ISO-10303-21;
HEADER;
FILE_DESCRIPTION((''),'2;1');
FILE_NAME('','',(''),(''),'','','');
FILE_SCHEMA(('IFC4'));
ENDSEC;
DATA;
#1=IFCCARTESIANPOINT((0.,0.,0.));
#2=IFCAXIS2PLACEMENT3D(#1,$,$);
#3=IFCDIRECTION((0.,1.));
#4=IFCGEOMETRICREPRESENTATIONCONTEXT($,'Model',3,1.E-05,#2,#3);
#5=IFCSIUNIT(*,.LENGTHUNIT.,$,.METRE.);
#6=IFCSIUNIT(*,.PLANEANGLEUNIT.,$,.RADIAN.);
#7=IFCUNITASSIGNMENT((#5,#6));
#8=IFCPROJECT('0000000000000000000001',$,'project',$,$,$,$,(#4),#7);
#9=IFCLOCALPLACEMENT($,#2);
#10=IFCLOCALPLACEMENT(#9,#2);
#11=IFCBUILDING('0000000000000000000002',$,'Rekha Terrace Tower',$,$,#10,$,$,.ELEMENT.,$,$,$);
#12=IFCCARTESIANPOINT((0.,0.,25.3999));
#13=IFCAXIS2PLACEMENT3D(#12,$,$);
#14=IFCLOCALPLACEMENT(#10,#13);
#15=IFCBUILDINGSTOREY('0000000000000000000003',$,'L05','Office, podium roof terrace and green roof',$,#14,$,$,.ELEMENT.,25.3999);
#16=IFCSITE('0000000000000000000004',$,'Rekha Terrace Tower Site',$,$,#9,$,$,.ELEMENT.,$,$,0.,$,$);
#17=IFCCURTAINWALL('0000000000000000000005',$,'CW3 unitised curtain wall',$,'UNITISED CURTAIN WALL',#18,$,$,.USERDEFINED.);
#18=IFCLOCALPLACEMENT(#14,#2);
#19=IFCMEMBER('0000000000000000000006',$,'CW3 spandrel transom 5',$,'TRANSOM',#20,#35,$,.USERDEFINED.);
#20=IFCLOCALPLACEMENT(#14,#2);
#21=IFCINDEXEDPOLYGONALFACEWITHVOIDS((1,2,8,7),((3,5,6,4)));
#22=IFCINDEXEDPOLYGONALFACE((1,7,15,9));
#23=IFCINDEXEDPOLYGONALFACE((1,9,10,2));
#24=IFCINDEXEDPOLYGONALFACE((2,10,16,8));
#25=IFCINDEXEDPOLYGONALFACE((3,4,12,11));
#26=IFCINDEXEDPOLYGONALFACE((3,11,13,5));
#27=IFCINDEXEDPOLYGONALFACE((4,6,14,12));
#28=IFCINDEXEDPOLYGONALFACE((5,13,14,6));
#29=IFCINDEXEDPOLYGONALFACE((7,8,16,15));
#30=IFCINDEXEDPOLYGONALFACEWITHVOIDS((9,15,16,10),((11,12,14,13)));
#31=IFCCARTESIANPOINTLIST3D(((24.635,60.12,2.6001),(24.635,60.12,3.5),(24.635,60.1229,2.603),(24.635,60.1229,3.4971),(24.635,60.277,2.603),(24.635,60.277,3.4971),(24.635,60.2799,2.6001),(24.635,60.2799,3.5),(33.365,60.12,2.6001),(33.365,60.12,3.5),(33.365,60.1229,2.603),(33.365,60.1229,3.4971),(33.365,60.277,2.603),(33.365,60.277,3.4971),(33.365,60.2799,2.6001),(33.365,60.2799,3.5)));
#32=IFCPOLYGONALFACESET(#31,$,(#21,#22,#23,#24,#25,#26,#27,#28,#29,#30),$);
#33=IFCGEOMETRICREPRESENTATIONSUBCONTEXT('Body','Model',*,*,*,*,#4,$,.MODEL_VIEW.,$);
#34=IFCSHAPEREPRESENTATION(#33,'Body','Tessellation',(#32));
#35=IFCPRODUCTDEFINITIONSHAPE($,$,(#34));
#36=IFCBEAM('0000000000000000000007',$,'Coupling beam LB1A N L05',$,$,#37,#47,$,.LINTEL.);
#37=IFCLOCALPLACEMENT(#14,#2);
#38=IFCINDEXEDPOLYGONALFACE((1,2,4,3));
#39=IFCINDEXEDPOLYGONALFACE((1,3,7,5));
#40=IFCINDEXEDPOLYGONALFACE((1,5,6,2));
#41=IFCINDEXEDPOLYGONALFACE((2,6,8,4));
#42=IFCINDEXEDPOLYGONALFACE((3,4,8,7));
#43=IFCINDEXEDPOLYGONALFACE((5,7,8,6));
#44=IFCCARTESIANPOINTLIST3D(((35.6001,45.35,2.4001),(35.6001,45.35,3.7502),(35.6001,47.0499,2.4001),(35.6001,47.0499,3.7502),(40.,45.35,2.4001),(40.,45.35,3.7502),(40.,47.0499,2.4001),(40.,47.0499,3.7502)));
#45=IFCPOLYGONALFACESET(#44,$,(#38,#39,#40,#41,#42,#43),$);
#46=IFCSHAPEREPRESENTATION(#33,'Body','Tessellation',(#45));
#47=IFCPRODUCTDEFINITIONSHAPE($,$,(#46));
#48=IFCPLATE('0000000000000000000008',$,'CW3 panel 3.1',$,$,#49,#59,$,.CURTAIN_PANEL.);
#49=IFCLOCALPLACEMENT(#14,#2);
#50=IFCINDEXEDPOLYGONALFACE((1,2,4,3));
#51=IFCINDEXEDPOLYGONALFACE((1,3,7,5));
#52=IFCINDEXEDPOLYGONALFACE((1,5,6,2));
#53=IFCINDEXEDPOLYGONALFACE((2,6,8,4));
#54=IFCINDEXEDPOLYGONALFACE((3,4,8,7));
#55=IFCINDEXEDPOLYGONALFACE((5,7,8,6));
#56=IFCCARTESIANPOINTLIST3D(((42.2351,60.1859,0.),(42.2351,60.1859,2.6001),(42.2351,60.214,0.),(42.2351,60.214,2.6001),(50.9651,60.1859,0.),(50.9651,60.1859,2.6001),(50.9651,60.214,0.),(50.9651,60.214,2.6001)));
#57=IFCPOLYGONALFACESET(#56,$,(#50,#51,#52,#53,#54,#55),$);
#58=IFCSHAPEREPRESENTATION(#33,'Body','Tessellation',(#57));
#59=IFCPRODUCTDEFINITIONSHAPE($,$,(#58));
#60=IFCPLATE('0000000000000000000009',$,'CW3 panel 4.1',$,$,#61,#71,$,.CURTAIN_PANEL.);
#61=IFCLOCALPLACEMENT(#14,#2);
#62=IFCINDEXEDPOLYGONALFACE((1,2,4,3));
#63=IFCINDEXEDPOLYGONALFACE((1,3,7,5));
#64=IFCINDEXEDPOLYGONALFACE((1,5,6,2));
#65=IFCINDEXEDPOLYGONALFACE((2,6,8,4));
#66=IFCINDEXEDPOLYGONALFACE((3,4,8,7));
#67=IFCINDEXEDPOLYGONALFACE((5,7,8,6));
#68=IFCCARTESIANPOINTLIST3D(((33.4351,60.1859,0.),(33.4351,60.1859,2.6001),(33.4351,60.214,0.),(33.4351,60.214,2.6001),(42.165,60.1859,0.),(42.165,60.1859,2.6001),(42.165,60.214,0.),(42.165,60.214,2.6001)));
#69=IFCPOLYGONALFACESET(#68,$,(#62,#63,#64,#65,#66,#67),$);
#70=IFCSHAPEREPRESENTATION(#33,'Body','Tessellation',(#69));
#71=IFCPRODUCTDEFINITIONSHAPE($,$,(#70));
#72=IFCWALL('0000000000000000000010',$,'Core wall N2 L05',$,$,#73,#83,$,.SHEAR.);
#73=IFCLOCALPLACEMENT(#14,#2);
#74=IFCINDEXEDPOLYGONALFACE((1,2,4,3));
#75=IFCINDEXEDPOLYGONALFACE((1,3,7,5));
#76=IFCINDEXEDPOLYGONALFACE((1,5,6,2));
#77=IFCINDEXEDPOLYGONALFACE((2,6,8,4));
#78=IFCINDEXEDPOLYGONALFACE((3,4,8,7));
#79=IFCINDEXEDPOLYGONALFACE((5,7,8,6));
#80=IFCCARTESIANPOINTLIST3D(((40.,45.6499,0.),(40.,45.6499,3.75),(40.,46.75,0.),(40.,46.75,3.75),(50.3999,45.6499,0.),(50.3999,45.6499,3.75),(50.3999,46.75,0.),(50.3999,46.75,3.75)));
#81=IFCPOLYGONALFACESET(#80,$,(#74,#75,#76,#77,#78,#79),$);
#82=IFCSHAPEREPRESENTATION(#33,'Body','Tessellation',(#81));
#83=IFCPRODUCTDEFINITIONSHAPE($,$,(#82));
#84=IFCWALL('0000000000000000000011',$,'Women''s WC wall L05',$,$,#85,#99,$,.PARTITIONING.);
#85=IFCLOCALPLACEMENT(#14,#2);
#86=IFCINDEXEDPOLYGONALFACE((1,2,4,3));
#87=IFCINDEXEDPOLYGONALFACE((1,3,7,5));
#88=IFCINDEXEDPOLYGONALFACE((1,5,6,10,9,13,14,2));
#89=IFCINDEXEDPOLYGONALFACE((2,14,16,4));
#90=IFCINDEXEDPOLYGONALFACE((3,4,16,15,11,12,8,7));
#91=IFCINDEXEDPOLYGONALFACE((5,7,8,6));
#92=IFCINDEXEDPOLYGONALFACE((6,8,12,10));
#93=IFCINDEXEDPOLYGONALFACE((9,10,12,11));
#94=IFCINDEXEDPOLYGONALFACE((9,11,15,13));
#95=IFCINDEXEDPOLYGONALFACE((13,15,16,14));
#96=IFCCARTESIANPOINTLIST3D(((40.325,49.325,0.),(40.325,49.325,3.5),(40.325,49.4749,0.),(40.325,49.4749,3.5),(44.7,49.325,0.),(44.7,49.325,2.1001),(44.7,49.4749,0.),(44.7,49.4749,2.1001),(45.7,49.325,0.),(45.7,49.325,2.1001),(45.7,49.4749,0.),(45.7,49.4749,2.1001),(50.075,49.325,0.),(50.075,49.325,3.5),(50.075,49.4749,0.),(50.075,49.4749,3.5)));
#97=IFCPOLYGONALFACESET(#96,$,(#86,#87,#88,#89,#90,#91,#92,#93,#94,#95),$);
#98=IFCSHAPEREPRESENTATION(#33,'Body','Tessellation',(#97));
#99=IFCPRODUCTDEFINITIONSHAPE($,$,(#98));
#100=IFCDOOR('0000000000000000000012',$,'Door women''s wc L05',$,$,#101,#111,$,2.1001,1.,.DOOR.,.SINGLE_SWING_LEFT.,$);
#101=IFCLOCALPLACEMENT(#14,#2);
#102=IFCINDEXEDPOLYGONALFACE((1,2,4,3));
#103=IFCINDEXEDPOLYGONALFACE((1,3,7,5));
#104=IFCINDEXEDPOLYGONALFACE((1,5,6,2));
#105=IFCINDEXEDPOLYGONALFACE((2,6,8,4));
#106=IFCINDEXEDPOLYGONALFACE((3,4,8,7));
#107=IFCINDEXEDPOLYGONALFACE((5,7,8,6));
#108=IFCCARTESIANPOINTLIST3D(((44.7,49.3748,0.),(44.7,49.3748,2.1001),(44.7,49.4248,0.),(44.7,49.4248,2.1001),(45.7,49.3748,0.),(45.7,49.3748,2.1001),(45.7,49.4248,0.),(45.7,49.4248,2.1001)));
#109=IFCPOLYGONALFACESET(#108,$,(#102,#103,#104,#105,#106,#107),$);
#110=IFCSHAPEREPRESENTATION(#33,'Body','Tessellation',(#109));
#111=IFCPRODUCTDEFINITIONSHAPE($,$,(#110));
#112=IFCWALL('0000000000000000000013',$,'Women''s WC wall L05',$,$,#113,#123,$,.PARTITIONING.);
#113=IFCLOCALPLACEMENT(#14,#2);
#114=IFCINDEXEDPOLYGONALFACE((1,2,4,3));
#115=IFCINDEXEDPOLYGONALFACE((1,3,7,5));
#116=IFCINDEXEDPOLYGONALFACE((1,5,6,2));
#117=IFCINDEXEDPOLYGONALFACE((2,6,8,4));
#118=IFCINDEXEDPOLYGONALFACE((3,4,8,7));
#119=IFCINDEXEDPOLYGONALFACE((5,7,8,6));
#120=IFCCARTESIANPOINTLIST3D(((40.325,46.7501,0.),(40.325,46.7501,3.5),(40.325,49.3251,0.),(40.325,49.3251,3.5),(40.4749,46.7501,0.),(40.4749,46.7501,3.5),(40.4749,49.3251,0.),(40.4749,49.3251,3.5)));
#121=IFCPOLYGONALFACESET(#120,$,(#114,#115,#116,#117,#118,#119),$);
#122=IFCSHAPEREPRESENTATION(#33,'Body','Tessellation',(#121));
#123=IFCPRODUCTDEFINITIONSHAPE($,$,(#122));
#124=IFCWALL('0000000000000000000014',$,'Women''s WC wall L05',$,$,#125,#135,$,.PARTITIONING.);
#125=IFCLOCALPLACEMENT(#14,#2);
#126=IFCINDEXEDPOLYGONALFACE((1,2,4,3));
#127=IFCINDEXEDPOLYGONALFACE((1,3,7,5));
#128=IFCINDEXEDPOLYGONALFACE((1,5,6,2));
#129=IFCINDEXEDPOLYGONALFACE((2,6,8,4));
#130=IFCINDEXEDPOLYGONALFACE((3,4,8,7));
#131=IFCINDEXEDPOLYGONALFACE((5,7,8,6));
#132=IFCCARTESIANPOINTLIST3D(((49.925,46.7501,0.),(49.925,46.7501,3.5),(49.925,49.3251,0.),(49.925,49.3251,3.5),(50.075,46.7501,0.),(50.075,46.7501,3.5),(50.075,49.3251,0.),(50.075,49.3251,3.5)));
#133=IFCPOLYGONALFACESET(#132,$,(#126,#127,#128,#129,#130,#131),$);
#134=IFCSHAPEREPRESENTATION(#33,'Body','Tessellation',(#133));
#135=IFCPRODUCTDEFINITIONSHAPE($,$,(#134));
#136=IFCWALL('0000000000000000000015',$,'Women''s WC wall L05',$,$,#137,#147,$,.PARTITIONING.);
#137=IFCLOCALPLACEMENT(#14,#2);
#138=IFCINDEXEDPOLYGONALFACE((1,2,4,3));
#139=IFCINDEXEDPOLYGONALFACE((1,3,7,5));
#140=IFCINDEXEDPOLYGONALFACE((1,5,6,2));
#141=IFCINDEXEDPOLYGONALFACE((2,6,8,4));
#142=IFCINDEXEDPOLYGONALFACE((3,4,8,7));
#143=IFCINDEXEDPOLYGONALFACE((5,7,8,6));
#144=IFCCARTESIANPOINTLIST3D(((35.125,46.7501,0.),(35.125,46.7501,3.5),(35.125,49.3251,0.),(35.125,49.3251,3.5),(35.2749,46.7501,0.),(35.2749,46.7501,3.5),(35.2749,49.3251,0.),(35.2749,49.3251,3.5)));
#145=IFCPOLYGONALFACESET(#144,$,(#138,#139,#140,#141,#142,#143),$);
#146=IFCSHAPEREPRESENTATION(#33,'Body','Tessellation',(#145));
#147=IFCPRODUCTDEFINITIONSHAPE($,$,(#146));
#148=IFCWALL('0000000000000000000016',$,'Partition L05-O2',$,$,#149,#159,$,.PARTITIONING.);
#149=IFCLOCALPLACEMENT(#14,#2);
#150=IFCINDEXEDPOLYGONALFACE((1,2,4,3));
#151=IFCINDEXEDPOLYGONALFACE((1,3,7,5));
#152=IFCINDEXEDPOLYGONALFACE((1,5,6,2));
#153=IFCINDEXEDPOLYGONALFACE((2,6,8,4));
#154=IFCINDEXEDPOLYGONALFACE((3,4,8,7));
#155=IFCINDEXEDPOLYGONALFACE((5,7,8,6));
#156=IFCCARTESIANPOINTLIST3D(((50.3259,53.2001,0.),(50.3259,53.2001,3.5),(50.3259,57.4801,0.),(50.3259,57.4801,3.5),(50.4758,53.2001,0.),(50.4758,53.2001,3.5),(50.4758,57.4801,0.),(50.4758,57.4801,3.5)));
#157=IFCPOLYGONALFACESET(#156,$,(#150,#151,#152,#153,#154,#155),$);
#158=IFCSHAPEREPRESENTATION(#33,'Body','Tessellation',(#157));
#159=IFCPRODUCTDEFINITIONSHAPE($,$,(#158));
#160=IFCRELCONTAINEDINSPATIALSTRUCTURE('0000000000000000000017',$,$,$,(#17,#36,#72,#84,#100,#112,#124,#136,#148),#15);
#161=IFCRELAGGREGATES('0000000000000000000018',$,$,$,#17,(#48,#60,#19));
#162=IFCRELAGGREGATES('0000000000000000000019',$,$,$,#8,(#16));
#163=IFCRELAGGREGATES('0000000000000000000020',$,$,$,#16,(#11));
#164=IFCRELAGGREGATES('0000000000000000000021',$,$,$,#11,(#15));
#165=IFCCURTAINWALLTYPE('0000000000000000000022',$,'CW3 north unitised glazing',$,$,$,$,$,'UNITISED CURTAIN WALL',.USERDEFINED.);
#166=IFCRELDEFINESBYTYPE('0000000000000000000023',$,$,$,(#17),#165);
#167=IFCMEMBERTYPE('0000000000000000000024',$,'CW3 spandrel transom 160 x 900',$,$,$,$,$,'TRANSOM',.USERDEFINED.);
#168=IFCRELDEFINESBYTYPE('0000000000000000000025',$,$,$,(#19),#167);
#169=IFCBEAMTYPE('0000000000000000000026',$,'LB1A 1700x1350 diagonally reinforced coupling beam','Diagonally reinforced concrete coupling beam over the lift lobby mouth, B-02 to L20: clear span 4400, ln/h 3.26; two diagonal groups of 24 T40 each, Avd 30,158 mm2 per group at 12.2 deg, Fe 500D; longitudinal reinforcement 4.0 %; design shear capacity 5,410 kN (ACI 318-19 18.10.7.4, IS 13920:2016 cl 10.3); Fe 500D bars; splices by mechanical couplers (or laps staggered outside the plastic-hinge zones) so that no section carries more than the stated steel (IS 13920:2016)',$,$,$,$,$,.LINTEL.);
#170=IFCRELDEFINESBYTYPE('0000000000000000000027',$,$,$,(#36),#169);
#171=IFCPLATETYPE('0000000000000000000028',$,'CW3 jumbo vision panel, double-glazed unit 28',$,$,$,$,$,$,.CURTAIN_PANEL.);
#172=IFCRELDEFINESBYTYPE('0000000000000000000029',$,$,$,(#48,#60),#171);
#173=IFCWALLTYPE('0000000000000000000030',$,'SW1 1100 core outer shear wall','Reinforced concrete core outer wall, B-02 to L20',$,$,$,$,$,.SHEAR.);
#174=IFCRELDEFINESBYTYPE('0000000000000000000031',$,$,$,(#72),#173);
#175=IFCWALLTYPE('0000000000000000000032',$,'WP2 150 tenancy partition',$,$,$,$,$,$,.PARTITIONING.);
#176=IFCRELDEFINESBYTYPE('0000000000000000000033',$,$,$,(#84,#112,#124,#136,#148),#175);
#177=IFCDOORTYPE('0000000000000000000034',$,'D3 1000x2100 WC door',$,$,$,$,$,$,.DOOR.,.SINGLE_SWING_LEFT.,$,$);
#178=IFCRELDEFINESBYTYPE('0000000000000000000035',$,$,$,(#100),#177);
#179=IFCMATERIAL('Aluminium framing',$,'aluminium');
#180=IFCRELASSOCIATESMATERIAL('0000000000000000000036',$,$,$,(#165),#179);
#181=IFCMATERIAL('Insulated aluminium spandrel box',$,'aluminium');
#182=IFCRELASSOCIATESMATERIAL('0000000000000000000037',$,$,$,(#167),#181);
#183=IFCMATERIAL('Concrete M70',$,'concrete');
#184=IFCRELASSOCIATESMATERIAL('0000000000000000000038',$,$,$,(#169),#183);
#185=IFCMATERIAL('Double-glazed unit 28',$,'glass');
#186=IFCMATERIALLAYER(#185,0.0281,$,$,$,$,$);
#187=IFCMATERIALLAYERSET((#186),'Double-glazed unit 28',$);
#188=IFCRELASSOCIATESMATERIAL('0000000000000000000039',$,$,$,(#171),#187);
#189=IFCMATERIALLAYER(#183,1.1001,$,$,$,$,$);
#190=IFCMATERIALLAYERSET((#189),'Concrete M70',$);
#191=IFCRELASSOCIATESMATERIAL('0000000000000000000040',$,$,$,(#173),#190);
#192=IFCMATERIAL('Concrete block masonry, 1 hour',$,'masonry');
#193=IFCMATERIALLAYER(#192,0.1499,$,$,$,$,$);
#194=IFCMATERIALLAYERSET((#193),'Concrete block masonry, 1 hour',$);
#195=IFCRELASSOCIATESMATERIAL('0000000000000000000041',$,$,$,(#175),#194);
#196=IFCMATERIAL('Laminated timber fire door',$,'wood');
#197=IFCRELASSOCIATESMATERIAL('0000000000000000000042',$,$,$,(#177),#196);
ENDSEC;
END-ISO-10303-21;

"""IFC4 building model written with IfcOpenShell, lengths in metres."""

from ifc_helpers import new_model, si_unit, direction, frame, frame_2d, origin, origin_2d, place, context, subcontext, project, spatial, rectangle, hollow_rectangle, extrude, material, layer, layer_set, material_profile, profile_set, type_object, element, fill, aggregate, save


model = new_model("IFC4")

# Units and contexts
model_context = context("Model", 3, precision=1e-05, world=origin(), true_north=direction((0.0, 1.0)))
body_context = subcontext(model_context, "Body", "Model", "MODEL_VIEW")
ifc_project = project(units=[si_unit("LENGTHUNIT", "METRE"), si_unit("PLANEANGLEUNIT", "RADIAN")], contexts=[model_context])

# Site, building, storey
site_placement = place(None, origin())
site = spatial("IfcSite", under=ifc_project, at=site_placement, Name="Rekha Terrace Tower Site", CompositionType="ELEMENT", RefElevation=0.0)
building_placement = place(site_placement, origin())
building = spatial("IfcBuilding", under=site, at=building_placement, Name="Rekha Terrace Tower", CompositionType="ELEMENT")
storey_placement = place(building_placement, frame((0.0, 0.0, 25.3999)))
storey = spatial("IfcBuildingStorey", under=building, at=storey_placement, Name="L05", Description="Office, podium roof terrace and green roof", CompositionType="ELEMENT", Elevation=25.3999)

# Shared definitions
ifc_material_1 = material(Name="Concrete M70", Category="concrete")

# Curtain wall, member
ifc_material_2 = material(Name="Aluminium framing", Category="aluminium")
curtain_wall_type = type_object("IfcCurtainWallType", Name="CW3 north unitised glazing", ElementType="UNITISED CURTAIN WALL", PredefinedType="USERDEFINED", material=ifc_material_2)
curtain_wall_placement = place(storey_placement, origin())
curtain_wall = element("IfcCurtainWall", 1, at=curtain_wall_placement, inside=storey, type_object=curtain_wall_type, Name="CW3 unitised curtain wall", ObjectType="UNITISED CURTAIN WALL", PredefinedType="USERDEFINED")
ifc_material_3 = material(Name="Insulated aluminium spandrel box", Category="aluminium")
ifc_material_profile_1 = material_profile(ifc_material_3, hollow_rectangle(XDim=0.1599, YDim=0.8999, WallThickness=0.0029, at=origin_2d()), Name="AL SPANDREL BOX 160x900")
ifc_profile_set_1 = profile_set([ifc_material_profile_1], Name="Insulated aluminium spandrel box")
member_type_1 = type_object("IfcMemberType", Name="CW3 spandrel transom 160 x 900", ElementType="TRANSOM", PredefinedType="USERDEFINED", material=ifc_profile_set_1)
member_1_placement = place(storey_placement, frame((33.365, 60.2, 3.05), z_axis=(-1.0, 0.0, 0.0), x_axis=(0.0, -1.0, 0.0)))
member_1 = element("IfcMember", 2, at=member_1_placement, type_object=member_type_1, Name="CW3 spandrel transom 5", ObjectType="TRANSOM", PredefinedType="USERDEFINED", context=body_context, shape_type="SweptSolid", body=[
    extrude(hollow_rectangle(XDim=0.1599, YDim=0.8999, WallThickness=0.0029, at=origin_2d()), origin(), (0.0, 0.0, 1.0), 8.73),
])

# Beam
ifc_material_profile_2 = material_profile(ifc_material_1, rectangle(XDim=1.7, YDim=1.3501, at=origin_2d()), Name="RC 1700x1350")
ifc_profile_set_2 = profile_set([ifc_material_profile_2], Name="Concrete M70")
beam_type = type_object("IfcBeamType", Name="LB1A 1700x1350 diagonally reinforced coupling beam", Description="Diagonally reinforced concrete coupling beam over the lift lobby mouth, B-02 to L20: clear span 4400, ln/h 3.26; two diagonal groups of 24 T40 each, Avd 30,158 mm2 per group at 12.2 deg, Fe 500D; longitudinal reinforcement 4.0 %; design shear capacity 5,410 kN (ACI 318-19 18.10.7.4, IS 13920:2016 cl 10.3); Fe 500D bars; splices by mechanical couplers (or laps staggered outside the plastic-hinge zones) so that no section carries more than the stated steel (IS 13920:2016)", PredefinedType="LINTEL", material=ifc_profile_set_2)
beam_placement = place(storey_placement, frame((35.6001, 46.2, 3.0752), z_axis=(1.0, 0.0, 0.0), x_axis=(0.0, 1.0, 0.0)))
element("IfcBeam", 3, at=beam_placement, inside=storey, type_object=beam_type, Name="Coupling beam LB1A N L05", PredefinedType="LINTEL", context=body_context, shape_type="SweptSolid", body=[
    extrude(rectangle(XDim=1.7, YDim=1.3501, at=origin_2d()), origin(), (0.0, 0.0, 1.0), 4.3999),
])

# Plates
ifc_material_4 = material(Name="Double-glazed unit 28", Category="glass")
ifc_layer_1 = layer(ifc_material_4, 0.0281)
ifc_layer_set_1 = layer_set([ifc_layer_1], Name="Double-glazed unit 28")
plate_type = type_object("IfcPlateType", Name="CW3 jumbo vision panel, double-glazed unit 28", PredefinedType="CURTAIN_PANEL", material=ifc_layer_set_1)
plate_1_placement = place(storey_placement, frame((46.6001, 60.2, 0.0), z_axis=(0.0, 0.0, 1.0), x_axis=(-1.0, 0.0, 0.0)))
plate_1 = element("IfcPlate", 4, at=plate_1_placement, type_object=plate_type, Name="CW3 panel 3.1", PredefinedType="CURTAIN_PANEL", context=body_context, shape_type="SweptSolid", body=[
    extrude(rectangle(XDim=8.73, YDim=0.0281, at=origin_2d()), origin(), (0.0, 0.0, 1.0), 2.6001),
])
plate_2_placement = place(storey_placement, frame((37.8, 60.2, 0.0), z_axis=(0.0, 0.0, 1.0), x_axis=(-1.0, 0.0, 0.0)))
plate_2 = element("IfcPlate", 5, at=plate_2_placement, type_object=plate_type, Name="CW3 panel 4.1", PredefinedType="CURTAIN_PANEL", context=body_context, shape_type="SweptSolid", body=[
    extrude(rectangle(XDim=8.73, YDim=0.0281, at=origin_2d()), origin(), (0.0, 0.0, 1.0), 2.6001),
])
aggregate(curtain_wall, [plate_1, plate_2, member_1])

# Wall
ifc_layer_2 = layer(ifc_material_1, 1.1001)
ifc_layer_set_2 = layer_set([ifc_layer_2], Name="Concrete M70")
wall_type_1 = type_object("IfcWallType", Name="SW1 1100 core outer shear wall", Description="Reinforced concrete core outer wall, B-02 to L20", PredefinedType="SHEAR", material=ifc_layer_set_2)
wall_1_placement = place(storey_placement, frame((40.0, 46.2, 0.0), z_axis=(0.0, 0.0, 1.0), x_axis=(1.0, 0.0, 0.0)))
element("IfcWall", 6, at=wall_1_placement, inside=storey, type_object=wall_type_1, Name="Core wall N2 L05", PredefinedType="SHEAR", context=body_context, shape_type="SweptSolid", body=[
    extrude(rectangle(XDim=10.3999, YDim=1.1001, at=frame_2d((5.2, 0.0))), origin(), (0.0, 0.0, 1.0), 3.75),
])

# Wall, opening, door
ifc_material_5 = material(Name="Concrete block masonry, 1 hour", Category="masonry")
ifc_layer_3 = layer(ifc_material_5, 0.1499)
ifc_layer_set_3 = layer_set([ifc_layer_3], Name="Concrete block masonry, 1 hour")
wall_type_2 = type_object("IfcWallType", Name="WP2 150 tenancy partition", PredefinedType="PARTITIONING", material=ifc_layer_set_3)
wall_2_placement = place(storey_placement, frame((40.325, 49.3999, 0.0), z_axis=(0.0, 0.0, 1.0), x_axis=(1.0, 0.0, 0.0)))
wall_2 = element("IfcWall", 7, at=wall_2_placement, inside=storey, type_object=wall_type_2, Name="Women's WC wall L05", PredefinedType="PARTITIONING", context=body_context, shape_type="SweptSolid", body=[
    extrude(rectangle(XDim=9.75, YDim=0.1499, at=frame_2d((4.875, 0.0))), origin(), (0.0, 0.0, 1.0), 3.5),
])
opening_1_placement = place(wall_2_placement, frame((4.375, 0.0, 0.0)))
opening_1 = element("IfcOpeningElement", 8, at=opening_1_placement, cuts=wall_2, PredefinedType="OPENING", context=body_context, shape_type="SweptSolid", body=[
    extrude(rectangle(XDim=1.0, YDim=2.1001, at=frame_2d((0.5, 1.05))), frame((0.0, 0.085, 0.0), z_axis=(0.0, -1.0, 0.0), x_axis=(1.0, 0.0, 0.0)), (0.0, 0.0, 1.0), 0.1699),
])
ifc_material_6 = material(Name="Laminated timber fire door", Category="wood")
door_type_1 = type_object("IfcDoorType", Name="D3 1000x2100 WC door", OperationType="SINGLE_SWING_LEFT", PredefinedType="DOOR", material=ifc_material_6)
door_1_placement = place(opening_1_placement, origin())
door_1 = element("IfcDoor", 9, at=door_1_placement, inside=storey, type_object=door_type_1, Name="Door women's wc L05", OperationType="SINGLE_SWING_LEFT", OverallHeight=2.1001, OverallWidth=1.0, PredefinedType="DOOR", context=body_context, shape_type="SweptSolid", body=[
    extrude(rectangle(XDim=1.0, YDim=2.1001, at=frame_2d((0.5, 1.05))), frame((0.0, 0.0249, 0.0), z_axis=(0.0, -1.0, 0.0), x_axis=(1.0, 0.0, 0.0)), (0.0, 0.0, 1.0), 0.05),
])
fill(opening_1, door_1)

# Walls
for number, where, z_axis, x_axis, name in (
    (10, (40.3999, 46.75, 0.0), (0.0, 0.0, 1.0), (0.0, 1.0, 0.0), "Women's WC wall L05"),
    (11, (50.0, 46.75, 0.0), (0.0, 0.0, 1.0), (0.0, 1.0, 0.0), "Women's WC wall L05"),
    (12, (35.2, 46.75, 0.0), (0.0, 0.0, 1.0), (0.0, 1.0, 0.0), "Women's WC wall L05"),
):
    element("IfcWall", number, at=place(storey_placement, frame(where, z_axis=z_axis, x_axis=x_axis)), inside=storey, type_object=wall_type_2, Name=name, PredefinedType="PARTITIONING", context=body_context, shape_type="SweptSolid", body=[
        extrude(rectangle(XDim=2.575, YDim=0.1499, at=frame_2d((1.2876, 0.0))), origin(), (0.0, 0.0, 1.0), 3.5),
    ])
wall_3_placement = place(storey_placement, frame((50.4009, 53.2, 0.0), z_axis=(0.0, 0.0, 1.0), x_axis=(0.0, 1.0, 0.0)))
element("IfcWall", 13, at=wall_3_placement, inside=storey, type_object=wall_type_2, Name="Partition L05-O2", PredefinedType="PARTITIONING", context=body_context, shape_type="SweptSolid", body=[
    extrude(rectangle(XDim=4.28, YDim=0.1499, at=frame_2d((2.1401, 0.0))), origin(), (0.0, 0.0, 1.0), 3.5),
])

save(model, "model.ifc")
